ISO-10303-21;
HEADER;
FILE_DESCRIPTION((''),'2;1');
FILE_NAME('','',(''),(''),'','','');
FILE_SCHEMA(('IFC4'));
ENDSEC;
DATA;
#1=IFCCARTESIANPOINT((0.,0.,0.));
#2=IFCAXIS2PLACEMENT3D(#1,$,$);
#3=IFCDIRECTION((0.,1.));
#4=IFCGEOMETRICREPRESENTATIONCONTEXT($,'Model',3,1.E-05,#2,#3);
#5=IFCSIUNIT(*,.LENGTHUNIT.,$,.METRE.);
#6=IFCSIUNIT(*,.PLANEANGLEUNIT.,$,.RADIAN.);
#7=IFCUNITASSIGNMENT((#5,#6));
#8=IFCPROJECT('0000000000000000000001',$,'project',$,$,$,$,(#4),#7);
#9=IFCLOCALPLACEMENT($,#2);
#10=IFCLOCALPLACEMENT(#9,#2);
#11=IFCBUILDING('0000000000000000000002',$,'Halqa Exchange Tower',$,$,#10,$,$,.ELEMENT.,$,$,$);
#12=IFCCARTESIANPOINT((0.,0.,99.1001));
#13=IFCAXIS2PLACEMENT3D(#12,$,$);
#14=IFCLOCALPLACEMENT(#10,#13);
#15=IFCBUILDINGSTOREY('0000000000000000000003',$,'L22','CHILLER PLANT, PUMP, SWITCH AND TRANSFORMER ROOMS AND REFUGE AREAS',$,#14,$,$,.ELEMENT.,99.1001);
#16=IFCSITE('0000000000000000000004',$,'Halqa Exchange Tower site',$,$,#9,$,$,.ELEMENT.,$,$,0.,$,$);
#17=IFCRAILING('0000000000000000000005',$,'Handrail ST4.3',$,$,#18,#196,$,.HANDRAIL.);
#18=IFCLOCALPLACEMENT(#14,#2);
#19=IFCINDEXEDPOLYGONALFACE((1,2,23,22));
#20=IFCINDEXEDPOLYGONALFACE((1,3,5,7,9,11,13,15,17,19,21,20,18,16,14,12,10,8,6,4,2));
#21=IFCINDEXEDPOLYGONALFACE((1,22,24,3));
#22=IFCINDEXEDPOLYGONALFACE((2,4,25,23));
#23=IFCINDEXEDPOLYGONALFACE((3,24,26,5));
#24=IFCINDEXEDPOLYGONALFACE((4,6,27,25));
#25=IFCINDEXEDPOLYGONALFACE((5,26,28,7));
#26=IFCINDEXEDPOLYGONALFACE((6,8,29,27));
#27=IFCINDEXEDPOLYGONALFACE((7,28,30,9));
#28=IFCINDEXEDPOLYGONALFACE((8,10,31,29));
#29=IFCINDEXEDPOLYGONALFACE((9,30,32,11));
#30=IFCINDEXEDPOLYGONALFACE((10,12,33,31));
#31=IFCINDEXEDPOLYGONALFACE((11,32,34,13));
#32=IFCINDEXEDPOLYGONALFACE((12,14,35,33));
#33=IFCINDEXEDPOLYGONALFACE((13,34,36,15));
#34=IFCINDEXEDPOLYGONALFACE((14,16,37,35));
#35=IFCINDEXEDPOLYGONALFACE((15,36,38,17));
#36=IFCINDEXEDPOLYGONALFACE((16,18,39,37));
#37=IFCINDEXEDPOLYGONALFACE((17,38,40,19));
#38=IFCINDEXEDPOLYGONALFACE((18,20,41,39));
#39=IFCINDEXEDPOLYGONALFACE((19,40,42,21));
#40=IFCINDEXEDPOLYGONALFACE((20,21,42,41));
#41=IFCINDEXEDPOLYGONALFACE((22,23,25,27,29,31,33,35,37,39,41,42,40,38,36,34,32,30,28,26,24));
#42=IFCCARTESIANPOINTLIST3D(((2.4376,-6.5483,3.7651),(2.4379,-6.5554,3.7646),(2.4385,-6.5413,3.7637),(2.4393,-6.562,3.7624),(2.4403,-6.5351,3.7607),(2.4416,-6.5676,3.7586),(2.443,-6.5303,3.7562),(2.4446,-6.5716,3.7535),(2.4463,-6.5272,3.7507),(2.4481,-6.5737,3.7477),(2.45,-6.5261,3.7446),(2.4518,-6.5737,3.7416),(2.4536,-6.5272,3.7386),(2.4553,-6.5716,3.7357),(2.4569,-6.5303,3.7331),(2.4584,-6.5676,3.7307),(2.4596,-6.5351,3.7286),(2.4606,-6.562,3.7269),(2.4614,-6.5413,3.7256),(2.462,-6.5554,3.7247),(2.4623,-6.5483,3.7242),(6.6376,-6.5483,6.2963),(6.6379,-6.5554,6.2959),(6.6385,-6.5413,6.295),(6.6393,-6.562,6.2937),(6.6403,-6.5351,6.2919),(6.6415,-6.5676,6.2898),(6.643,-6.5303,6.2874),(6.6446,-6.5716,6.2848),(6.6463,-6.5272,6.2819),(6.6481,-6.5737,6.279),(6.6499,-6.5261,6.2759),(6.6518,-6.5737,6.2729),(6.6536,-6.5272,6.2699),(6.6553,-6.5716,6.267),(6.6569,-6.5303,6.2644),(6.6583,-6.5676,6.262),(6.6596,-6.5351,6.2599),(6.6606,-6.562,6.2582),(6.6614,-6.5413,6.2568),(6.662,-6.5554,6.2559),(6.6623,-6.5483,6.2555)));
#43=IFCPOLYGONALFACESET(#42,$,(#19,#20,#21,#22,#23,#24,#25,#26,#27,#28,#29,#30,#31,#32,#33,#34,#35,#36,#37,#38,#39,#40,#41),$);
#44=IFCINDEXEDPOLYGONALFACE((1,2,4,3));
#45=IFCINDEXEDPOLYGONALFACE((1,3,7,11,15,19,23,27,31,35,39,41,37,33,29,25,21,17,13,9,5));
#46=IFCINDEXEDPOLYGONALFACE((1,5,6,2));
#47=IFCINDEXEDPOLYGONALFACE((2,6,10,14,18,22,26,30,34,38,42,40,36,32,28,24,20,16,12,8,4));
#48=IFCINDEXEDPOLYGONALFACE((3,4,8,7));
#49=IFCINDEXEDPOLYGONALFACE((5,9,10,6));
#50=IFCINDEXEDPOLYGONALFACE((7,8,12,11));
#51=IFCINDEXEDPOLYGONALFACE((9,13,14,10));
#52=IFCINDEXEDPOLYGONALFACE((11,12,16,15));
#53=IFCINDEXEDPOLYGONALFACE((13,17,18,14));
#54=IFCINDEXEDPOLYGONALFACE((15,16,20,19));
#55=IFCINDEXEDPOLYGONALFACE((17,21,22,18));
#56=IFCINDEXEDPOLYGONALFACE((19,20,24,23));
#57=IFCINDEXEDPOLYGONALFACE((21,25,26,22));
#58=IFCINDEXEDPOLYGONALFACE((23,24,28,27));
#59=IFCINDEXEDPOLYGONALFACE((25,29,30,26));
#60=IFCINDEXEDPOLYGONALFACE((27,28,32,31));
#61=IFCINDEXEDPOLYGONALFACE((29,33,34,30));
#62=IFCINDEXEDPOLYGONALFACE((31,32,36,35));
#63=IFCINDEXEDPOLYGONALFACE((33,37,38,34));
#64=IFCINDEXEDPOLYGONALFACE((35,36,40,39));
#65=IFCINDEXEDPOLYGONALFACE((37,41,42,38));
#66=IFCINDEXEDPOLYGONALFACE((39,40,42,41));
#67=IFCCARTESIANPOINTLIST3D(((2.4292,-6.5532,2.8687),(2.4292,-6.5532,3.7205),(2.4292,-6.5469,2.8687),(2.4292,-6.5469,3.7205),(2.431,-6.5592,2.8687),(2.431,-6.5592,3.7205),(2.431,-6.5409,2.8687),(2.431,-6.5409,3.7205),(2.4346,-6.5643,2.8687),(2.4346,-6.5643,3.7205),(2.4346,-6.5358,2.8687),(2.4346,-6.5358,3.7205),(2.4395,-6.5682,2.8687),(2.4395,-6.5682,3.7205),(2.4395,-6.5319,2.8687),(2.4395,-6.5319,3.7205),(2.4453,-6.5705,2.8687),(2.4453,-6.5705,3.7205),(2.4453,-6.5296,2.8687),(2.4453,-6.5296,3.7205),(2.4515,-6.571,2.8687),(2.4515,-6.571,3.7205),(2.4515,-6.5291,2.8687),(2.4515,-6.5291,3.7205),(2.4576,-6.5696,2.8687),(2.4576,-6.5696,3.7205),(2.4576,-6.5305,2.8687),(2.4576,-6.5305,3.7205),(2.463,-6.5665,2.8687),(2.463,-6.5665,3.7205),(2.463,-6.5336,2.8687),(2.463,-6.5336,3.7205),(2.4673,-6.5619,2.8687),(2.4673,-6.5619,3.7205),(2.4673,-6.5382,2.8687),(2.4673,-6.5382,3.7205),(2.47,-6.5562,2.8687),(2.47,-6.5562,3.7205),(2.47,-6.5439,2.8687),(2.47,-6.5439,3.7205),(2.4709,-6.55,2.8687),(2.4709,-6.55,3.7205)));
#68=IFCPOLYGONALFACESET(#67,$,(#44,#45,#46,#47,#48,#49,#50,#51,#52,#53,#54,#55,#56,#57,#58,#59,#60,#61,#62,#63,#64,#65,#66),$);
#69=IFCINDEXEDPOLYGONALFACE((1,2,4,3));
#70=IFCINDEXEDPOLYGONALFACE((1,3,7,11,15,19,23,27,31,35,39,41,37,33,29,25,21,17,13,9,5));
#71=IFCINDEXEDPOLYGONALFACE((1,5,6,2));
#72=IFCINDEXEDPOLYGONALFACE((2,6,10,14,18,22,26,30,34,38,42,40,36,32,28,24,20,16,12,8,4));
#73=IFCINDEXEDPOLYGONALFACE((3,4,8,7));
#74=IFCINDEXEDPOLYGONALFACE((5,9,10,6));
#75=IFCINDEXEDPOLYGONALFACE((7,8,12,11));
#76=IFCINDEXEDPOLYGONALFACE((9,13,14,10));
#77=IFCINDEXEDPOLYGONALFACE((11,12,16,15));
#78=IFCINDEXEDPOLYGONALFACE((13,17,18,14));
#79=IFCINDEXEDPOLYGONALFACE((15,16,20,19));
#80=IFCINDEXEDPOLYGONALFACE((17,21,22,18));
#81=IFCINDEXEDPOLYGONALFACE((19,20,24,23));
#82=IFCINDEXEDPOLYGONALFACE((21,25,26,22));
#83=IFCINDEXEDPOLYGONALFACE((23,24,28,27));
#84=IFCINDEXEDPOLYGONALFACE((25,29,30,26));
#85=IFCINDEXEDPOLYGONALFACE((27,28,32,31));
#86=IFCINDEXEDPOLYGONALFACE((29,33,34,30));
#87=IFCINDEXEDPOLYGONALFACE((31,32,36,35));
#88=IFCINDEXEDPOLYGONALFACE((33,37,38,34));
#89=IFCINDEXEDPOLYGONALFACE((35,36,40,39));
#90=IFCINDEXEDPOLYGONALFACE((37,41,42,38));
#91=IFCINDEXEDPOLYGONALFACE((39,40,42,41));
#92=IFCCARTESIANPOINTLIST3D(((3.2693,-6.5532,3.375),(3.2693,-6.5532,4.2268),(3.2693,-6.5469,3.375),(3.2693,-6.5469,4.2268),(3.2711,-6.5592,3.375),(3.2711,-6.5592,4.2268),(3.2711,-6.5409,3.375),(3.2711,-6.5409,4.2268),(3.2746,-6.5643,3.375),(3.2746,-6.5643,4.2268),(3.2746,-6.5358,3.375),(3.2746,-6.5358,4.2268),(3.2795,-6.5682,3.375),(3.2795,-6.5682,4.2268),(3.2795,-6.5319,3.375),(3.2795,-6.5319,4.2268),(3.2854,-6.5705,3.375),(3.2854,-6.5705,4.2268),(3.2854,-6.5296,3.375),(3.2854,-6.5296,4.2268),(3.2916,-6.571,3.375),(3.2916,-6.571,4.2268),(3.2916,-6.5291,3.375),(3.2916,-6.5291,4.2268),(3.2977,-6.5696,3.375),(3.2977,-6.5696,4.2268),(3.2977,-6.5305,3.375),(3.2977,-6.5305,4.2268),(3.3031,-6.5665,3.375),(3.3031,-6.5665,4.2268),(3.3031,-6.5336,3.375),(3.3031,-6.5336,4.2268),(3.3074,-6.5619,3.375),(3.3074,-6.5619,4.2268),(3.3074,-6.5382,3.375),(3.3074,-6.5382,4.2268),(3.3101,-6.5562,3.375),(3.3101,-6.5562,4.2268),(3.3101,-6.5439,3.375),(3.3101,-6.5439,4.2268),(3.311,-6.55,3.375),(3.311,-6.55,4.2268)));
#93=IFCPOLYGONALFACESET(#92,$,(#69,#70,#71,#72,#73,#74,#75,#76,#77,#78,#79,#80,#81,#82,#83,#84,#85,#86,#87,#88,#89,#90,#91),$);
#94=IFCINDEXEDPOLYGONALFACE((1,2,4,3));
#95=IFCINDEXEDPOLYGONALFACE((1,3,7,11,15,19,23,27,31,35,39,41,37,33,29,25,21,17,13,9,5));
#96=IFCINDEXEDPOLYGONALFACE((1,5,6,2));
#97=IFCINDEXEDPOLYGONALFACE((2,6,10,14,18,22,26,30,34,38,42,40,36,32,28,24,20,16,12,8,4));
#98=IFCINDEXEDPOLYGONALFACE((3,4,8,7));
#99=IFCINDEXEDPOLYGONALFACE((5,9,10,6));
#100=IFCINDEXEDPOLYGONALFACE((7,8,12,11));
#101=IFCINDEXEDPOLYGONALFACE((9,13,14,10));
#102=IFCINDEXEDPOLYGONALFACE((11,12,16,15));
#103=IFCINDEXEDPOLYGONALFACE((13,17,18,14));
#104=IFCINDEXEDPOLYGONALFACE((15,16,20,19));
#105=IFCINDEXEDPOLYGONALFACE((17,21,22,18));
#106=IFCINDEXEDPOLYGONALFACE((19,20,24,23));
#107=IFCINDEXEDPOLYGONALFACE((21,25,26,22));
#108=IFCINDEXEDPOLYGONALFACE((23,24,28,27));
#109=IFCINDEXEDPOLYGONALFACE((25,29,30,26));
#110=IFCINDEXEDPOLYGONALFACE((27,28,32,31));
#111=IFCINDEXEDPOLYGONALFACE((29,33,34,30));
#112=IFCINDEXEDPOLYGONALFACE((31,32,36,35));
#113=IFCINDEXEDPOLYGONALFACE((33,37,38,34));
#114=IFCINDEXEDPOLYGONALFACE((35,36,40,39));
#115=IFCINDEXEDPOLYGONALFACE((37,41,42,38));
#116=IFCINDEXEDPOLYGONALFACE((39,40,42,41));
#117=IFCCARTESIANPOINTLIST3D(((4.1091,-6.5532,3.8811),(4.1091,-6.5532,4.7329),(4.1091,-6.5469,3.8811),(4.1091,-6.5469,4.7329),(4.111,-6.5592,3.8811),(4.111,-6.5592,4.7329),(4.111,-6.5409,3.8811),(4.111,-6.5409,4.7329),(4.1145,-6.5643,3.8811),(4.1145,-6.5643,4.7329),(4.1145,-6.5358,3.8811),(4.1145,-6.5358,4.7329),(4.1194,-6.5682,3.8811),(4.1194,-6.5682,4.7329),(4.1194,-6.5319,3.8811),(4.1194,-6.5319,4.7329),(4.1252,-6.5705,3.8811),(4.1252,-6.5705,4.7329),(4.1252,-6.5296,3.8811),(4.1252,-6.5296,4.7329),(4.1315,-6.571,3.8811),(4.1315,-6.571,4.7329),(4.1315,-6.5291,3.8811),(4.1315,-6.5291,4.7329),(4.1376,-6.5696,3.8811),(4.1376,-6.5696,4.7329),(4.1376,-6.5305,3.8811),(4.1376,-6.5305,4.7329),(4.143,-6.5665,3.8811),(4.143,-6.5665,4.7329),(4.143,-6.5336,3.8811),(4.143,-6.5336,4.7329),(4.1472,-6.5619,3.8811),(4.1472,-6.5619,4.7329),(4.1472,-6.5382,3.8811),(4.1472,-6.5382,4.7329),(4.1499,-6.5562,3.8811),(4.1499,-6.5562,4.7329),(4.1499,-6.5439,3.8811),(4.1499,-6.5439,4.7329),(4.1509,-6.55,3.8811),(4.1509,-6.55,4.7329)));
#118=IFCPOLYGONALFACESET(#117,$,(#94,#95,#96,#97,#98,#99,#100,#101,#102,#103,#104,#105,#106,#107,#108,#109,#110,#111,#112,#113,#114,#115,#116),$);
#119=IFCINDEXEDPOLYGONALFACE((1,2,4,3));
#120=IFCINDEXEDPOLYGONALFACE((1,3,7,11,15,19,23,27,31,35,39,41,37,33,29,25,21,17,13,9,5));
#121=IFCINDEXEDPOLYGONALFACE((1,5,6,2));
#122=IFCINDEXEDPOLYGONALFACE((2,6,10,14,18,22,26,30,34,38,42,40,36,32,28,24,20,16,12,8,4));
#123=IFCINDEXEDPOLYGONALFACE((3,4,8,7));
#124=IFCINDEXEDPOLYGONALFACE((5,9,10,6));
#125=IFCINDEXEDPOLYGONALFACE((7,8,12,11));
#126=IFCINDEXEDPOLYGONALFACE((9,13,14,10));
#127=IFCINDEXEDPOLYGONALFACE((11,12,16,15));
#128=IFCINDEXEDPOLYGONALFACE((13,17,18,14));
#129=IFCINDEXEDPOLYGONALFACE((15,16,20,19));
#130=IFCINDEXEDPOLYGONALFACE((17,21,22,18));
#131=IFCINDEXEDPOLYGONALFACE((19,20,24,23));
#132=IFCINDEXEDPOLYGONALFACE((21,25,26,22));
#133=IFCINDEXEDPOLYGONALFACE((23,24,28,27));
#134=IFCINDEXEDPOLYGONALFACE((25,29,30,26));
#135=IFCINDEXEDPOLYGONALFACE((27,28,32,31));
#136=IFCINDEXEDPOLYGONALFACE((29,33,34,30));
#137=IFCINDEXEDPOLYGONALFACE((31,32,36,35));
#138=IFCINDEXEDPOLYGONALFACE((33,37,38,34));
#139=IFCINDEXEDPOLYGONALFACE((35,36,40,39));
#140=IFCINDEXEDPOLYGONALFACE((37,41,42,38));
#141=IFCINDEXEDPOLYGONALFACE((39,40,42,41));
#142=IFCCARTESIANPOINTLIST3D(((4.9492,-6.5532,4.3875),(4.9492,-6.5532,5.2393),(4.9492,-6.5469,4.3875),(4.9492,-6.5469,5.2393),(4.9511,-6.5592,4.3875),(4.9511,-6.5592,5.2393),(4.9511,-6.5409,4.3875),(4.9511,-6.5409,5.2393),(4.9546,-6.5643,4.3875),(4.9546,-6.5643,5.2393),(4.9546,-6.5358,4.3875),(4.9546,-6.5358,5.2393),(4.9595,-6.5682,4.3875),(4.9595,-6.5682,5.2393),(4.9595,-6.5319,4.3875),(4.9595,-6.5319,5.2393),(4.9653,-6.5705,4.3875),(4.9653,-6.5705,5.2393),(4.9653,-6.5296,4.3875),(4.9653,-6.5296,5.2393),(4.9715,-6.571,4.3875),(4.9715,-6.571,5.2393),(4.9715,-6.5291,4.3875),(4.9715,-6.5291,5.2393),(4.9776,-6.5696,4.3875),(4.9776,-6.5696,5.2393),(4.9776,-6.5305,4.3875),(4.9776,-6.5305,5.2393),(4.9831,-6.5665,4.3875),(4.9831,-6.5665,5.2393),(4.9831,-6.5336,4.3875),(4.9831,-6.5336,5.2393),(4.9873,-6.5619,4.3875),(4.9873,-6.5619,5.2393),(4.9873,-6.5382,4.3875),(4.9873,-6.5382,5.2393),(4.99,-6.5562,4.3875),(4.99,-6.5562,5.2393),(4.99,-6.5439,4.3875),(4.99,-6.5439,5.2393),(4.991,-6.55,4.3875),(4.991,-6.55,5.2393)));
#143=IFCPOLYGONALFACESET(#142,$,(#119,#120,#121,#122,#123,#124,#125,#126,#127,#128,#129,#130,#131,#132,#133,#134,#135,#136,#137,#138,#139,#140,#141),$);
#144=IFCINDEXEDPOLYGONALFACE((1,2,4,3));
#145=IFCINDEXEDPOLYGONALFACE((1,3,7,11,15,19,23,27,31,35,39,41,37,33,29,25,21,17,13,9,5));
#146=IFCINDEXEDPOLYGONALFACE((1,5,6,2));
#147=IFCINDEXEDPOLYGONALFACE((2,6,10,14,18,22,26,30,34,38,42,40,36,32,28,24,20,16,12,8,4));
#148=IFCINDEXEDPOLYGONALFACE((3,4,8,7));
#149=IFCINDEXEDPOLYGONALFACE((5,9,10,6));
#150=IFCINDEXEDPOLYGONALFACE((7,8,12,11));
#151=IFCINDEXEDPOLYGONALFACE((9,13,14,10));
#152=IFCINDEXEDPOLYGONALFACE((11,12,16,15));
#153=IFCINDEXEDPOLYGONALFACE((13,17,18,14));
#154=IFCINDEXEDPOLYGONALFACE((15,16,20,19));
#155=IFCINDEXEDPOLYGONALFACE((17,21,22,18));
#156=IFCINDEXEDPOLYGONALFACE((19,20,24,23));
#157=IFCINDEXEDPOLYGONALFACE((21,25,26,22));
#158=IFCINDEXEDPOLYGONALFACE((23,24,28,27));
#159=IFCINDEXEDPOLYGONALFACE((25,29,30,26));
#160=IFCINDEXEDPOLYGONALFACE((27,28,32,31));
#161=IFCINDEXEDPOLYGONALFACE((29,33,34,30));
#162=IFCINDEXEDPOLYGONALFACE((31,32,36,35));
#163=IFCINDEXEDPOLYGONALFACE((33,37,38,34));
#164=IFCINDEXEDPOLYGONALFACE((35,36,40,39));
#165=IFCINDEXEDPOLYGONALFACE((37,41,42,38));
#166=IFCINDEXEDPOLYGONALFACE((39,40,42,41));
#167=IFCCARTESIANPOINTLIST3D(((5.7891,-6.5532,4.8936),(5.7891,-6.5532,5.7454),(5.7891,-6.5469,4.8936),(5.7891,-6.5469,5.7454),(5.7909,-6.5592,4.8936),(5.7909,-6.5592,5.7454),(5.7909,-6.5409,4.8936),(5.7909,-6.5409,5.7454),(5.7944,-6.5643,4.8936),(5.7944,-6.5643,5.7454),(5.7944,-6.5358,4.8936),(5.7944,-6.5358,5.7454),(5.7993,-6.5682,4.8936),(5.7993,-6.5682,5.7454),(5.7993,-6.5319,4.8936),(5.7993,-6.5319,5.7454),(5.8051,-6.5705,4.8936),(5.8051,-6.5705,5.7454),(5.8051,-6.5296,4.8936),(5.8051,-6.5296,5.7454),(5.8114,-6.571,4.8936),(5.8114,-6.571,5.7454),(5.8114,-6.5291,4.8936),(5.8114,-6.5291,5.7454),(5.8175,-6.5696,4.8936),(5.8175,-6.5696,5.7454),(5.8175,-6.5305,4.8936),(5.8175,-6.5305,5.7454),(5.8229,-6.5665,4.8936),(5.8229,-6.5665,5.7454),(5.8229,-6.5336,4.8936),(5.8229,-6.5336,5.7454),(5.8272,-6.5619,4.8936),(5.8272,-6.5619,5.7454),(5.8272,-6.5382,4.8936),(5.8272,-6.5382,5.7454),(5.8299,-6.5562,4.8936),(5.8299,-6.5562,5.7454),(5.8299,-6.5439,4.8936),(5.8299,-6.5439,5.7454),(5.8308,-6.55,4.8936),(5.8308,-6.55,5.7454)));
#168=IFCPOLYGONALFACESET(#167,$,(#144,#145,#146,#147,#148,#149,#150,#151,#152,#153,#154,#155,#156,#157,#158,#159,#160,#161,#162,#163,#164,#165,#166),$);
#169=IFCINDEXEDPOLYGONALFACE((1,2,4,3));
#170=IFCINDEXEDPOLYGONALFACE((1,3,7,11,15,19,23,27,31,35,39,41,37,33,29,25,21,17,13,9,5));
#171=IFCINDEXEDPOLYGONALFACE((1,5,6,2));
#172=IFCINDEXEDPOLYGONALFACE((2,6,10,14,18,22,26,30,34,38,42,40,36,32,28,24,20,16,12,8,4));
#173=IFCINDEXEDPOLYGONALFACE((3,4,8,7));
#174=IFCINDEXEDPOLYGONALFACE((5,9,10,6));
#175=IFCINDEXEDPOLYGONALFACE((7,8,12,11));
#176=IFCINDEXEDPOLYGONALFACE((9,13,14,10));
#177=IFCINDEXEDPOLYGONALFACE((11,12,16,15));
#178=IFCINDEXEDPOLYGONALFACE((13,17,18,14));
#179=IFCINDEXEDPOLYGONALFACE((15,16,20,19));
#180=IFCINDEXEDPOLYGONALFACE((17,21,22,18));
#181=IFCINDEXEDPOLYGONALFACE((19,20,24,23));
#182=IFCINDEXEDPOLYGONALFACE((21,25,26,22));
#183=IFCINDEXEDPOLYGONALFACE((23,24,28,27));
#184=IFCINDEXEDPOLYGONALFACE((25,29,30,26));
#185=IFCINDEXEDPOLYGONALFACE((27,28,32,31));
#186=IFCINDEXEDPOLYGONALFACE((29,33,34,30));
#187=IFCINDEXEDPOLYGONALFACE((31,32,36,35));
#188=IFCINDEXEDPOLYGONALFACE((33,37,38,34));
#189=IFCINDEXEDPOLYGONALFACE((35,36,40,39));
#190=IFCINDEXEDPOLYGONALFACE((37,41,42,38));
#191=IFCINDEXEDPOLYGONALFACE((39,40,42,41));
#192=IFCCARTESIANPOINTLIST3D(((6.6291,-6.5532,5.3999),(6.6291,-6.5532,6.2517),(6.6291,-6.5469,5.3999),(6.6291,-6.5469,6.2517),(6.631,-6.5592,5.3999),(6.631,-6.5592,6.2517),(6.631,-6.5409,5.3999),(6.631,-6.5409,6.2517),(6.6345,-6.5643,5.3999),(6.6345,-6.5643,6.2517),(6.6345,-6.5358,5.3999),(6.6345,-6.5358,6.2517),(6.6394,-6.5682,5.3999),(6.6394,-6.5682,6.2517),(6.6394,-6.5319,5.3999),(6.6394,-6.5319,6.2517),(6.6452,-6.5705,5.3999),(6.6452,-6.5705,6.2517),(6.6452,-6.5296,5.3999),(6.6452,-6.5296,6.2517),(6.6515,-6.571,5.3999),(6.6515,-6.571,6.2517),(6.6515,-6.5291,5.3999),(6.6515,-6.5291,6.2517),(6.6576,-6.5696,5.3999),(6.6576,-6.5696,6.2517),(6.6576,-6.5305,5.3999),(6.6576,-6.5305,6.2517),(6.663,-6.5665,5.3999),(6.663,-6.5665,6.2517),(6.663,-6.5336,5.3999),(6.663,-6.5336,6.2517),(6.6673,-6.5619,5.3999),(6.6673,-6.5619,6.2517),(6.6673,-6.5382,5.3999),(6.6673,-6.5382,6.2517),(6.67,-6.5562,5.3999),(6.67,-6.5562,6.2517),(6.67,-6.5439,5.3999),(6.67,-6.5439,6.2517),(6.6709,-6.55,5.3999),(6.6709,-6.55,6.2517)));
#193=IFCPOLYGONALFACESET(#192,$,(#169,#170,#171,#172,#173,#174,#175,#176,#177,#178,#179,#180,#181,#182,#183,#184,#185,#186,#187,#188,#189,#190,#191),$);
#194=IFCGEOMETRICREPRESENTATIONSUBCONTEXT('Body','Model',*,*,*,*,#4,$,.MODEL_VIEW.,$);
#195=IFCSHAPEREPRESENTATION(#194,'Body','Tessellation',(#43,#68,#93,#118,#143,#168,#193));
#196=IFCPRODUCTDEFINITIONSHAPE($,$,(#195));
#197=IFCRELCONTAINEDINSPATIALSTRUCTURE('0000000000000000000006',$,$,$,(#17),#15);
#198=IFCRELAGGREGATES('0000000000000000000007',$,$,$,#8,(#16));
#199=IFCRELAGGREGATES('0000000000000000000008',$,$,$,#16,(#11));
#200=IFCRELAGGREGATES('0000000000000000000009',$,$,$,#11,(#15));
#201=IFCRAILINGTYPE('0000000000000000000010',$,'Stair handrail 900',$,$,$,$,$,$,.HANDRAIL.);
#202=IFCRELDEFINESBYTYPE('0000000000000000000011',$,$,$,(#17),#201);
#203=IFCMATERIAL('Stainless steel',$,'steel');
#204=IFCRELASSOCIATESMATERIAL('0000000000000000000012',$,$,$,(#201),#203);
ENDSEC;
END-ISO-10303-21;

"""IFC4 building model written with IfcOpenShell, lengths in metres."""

from ifc_helpers import new_model, si_unit, direction, frame, origin, origin_2d, place, context, subcontext, project, spatial, circle, extrude, material, type_object, element, save


model = new_model("IFC4")

# Units and contexts
model_context = context("Model", 3, precision=1e-05, world=origin(), true_north=direction((0.0, 1.0)))
body_context = subcontext(model_context, "Body", "Model", "MODEL_VIEW")
ifc_project = project(units=[si_unit("LENGTHUNIT", "METRE"), si_unit("PLANEANGLEUNIT", "RADIAN")], contexts=[model_context])

# Site, building, storey
site_placement = place(None, origin())
site = spatial("IfcSite", under=ifc_project, at=site_placement, Name="Halqa Exchange Tower site", CompositionType="ELEMENT", RefElevation=0.0)
building_placement = place(site_placement, origin())
building = spatial("IfcBuilding", under=site, at=building_placement, Name="Halqa Exchange Tower", CompositionType="ELEMENT")
storey_placement = place(building_placement, frame((0.0, 0.0, 99.1001)))
storey = spatial("IfcBuildingStorey", under=building, at=storey_placement, Name="L22", Description="CHILLER PLANT, PUMP, SWITCH AND TRANSFORMER ROOMS AND REFUGE AREAS", CompositionType="ELEMENT", Elevation=99.1001)

# Railing
ifc_material_1 = material(Name="Stainless steel", Category="steel")
railing_type = type_object("IfcRailingType", Name="Stair handrail 900", PredefinedType="HANDRAIL", material=ifc_material_1)
railing_1_placement = place(storey_placement, frame((2.45, -6.55, 2.8687)))
element("IfcRailing", 1, at=railing_1_placement, inside=storey, type_object=railing_type, Name="Handrail ST4.3", PredefinedType="HANDRAIL", context=body_context, shape_type="SweptSolid", body=[
    extrude(circle(Radius=0.0239, at=origin_2d()), frame((0.0, 0.0, 0.876), z_axis=(0.856476, 0.0, 0.516186), x_axis=(0.0, 1.0, 0.0)), (0.0, 0.0, 1.0), 4.9038),
    extrude(circle(Radius=0.021, at=origin_2d()), origin(), (0.0, 0.0, 1.0), 0.8518),
    extrude(circle(Radius=0.021, at=origin_2d()), frame((0.8401, 0.0, 0.5063)), (0.0, 0.0, 1.0), 0.8518),
    extrude(circle(Radius=0.021, at=origin_2d()), frame((1.6799, 0.0, 1.0125)), (0.0, 0.0, 1.0), 0.8518),
    extrude(circle(Radius=0.021, at=origin_2d()), frame((2.52, 0.0, 1.5188)), (0.0, 0.0, 1.0), 0.8518),
    extrude(circle(Radius=0.021, at=origin_2d()), frame((3.3599, 0.0, 2.0249)), (0.0, 0.0, 1.0), 0.8518),
    extrude(circle(Radius=0.021, at=origin_2d()), frame((4.2, 0.0, 2.5312)), (0.0, 0.0, 1.0), 0.8518),
])

save(model, "model.ifc")
